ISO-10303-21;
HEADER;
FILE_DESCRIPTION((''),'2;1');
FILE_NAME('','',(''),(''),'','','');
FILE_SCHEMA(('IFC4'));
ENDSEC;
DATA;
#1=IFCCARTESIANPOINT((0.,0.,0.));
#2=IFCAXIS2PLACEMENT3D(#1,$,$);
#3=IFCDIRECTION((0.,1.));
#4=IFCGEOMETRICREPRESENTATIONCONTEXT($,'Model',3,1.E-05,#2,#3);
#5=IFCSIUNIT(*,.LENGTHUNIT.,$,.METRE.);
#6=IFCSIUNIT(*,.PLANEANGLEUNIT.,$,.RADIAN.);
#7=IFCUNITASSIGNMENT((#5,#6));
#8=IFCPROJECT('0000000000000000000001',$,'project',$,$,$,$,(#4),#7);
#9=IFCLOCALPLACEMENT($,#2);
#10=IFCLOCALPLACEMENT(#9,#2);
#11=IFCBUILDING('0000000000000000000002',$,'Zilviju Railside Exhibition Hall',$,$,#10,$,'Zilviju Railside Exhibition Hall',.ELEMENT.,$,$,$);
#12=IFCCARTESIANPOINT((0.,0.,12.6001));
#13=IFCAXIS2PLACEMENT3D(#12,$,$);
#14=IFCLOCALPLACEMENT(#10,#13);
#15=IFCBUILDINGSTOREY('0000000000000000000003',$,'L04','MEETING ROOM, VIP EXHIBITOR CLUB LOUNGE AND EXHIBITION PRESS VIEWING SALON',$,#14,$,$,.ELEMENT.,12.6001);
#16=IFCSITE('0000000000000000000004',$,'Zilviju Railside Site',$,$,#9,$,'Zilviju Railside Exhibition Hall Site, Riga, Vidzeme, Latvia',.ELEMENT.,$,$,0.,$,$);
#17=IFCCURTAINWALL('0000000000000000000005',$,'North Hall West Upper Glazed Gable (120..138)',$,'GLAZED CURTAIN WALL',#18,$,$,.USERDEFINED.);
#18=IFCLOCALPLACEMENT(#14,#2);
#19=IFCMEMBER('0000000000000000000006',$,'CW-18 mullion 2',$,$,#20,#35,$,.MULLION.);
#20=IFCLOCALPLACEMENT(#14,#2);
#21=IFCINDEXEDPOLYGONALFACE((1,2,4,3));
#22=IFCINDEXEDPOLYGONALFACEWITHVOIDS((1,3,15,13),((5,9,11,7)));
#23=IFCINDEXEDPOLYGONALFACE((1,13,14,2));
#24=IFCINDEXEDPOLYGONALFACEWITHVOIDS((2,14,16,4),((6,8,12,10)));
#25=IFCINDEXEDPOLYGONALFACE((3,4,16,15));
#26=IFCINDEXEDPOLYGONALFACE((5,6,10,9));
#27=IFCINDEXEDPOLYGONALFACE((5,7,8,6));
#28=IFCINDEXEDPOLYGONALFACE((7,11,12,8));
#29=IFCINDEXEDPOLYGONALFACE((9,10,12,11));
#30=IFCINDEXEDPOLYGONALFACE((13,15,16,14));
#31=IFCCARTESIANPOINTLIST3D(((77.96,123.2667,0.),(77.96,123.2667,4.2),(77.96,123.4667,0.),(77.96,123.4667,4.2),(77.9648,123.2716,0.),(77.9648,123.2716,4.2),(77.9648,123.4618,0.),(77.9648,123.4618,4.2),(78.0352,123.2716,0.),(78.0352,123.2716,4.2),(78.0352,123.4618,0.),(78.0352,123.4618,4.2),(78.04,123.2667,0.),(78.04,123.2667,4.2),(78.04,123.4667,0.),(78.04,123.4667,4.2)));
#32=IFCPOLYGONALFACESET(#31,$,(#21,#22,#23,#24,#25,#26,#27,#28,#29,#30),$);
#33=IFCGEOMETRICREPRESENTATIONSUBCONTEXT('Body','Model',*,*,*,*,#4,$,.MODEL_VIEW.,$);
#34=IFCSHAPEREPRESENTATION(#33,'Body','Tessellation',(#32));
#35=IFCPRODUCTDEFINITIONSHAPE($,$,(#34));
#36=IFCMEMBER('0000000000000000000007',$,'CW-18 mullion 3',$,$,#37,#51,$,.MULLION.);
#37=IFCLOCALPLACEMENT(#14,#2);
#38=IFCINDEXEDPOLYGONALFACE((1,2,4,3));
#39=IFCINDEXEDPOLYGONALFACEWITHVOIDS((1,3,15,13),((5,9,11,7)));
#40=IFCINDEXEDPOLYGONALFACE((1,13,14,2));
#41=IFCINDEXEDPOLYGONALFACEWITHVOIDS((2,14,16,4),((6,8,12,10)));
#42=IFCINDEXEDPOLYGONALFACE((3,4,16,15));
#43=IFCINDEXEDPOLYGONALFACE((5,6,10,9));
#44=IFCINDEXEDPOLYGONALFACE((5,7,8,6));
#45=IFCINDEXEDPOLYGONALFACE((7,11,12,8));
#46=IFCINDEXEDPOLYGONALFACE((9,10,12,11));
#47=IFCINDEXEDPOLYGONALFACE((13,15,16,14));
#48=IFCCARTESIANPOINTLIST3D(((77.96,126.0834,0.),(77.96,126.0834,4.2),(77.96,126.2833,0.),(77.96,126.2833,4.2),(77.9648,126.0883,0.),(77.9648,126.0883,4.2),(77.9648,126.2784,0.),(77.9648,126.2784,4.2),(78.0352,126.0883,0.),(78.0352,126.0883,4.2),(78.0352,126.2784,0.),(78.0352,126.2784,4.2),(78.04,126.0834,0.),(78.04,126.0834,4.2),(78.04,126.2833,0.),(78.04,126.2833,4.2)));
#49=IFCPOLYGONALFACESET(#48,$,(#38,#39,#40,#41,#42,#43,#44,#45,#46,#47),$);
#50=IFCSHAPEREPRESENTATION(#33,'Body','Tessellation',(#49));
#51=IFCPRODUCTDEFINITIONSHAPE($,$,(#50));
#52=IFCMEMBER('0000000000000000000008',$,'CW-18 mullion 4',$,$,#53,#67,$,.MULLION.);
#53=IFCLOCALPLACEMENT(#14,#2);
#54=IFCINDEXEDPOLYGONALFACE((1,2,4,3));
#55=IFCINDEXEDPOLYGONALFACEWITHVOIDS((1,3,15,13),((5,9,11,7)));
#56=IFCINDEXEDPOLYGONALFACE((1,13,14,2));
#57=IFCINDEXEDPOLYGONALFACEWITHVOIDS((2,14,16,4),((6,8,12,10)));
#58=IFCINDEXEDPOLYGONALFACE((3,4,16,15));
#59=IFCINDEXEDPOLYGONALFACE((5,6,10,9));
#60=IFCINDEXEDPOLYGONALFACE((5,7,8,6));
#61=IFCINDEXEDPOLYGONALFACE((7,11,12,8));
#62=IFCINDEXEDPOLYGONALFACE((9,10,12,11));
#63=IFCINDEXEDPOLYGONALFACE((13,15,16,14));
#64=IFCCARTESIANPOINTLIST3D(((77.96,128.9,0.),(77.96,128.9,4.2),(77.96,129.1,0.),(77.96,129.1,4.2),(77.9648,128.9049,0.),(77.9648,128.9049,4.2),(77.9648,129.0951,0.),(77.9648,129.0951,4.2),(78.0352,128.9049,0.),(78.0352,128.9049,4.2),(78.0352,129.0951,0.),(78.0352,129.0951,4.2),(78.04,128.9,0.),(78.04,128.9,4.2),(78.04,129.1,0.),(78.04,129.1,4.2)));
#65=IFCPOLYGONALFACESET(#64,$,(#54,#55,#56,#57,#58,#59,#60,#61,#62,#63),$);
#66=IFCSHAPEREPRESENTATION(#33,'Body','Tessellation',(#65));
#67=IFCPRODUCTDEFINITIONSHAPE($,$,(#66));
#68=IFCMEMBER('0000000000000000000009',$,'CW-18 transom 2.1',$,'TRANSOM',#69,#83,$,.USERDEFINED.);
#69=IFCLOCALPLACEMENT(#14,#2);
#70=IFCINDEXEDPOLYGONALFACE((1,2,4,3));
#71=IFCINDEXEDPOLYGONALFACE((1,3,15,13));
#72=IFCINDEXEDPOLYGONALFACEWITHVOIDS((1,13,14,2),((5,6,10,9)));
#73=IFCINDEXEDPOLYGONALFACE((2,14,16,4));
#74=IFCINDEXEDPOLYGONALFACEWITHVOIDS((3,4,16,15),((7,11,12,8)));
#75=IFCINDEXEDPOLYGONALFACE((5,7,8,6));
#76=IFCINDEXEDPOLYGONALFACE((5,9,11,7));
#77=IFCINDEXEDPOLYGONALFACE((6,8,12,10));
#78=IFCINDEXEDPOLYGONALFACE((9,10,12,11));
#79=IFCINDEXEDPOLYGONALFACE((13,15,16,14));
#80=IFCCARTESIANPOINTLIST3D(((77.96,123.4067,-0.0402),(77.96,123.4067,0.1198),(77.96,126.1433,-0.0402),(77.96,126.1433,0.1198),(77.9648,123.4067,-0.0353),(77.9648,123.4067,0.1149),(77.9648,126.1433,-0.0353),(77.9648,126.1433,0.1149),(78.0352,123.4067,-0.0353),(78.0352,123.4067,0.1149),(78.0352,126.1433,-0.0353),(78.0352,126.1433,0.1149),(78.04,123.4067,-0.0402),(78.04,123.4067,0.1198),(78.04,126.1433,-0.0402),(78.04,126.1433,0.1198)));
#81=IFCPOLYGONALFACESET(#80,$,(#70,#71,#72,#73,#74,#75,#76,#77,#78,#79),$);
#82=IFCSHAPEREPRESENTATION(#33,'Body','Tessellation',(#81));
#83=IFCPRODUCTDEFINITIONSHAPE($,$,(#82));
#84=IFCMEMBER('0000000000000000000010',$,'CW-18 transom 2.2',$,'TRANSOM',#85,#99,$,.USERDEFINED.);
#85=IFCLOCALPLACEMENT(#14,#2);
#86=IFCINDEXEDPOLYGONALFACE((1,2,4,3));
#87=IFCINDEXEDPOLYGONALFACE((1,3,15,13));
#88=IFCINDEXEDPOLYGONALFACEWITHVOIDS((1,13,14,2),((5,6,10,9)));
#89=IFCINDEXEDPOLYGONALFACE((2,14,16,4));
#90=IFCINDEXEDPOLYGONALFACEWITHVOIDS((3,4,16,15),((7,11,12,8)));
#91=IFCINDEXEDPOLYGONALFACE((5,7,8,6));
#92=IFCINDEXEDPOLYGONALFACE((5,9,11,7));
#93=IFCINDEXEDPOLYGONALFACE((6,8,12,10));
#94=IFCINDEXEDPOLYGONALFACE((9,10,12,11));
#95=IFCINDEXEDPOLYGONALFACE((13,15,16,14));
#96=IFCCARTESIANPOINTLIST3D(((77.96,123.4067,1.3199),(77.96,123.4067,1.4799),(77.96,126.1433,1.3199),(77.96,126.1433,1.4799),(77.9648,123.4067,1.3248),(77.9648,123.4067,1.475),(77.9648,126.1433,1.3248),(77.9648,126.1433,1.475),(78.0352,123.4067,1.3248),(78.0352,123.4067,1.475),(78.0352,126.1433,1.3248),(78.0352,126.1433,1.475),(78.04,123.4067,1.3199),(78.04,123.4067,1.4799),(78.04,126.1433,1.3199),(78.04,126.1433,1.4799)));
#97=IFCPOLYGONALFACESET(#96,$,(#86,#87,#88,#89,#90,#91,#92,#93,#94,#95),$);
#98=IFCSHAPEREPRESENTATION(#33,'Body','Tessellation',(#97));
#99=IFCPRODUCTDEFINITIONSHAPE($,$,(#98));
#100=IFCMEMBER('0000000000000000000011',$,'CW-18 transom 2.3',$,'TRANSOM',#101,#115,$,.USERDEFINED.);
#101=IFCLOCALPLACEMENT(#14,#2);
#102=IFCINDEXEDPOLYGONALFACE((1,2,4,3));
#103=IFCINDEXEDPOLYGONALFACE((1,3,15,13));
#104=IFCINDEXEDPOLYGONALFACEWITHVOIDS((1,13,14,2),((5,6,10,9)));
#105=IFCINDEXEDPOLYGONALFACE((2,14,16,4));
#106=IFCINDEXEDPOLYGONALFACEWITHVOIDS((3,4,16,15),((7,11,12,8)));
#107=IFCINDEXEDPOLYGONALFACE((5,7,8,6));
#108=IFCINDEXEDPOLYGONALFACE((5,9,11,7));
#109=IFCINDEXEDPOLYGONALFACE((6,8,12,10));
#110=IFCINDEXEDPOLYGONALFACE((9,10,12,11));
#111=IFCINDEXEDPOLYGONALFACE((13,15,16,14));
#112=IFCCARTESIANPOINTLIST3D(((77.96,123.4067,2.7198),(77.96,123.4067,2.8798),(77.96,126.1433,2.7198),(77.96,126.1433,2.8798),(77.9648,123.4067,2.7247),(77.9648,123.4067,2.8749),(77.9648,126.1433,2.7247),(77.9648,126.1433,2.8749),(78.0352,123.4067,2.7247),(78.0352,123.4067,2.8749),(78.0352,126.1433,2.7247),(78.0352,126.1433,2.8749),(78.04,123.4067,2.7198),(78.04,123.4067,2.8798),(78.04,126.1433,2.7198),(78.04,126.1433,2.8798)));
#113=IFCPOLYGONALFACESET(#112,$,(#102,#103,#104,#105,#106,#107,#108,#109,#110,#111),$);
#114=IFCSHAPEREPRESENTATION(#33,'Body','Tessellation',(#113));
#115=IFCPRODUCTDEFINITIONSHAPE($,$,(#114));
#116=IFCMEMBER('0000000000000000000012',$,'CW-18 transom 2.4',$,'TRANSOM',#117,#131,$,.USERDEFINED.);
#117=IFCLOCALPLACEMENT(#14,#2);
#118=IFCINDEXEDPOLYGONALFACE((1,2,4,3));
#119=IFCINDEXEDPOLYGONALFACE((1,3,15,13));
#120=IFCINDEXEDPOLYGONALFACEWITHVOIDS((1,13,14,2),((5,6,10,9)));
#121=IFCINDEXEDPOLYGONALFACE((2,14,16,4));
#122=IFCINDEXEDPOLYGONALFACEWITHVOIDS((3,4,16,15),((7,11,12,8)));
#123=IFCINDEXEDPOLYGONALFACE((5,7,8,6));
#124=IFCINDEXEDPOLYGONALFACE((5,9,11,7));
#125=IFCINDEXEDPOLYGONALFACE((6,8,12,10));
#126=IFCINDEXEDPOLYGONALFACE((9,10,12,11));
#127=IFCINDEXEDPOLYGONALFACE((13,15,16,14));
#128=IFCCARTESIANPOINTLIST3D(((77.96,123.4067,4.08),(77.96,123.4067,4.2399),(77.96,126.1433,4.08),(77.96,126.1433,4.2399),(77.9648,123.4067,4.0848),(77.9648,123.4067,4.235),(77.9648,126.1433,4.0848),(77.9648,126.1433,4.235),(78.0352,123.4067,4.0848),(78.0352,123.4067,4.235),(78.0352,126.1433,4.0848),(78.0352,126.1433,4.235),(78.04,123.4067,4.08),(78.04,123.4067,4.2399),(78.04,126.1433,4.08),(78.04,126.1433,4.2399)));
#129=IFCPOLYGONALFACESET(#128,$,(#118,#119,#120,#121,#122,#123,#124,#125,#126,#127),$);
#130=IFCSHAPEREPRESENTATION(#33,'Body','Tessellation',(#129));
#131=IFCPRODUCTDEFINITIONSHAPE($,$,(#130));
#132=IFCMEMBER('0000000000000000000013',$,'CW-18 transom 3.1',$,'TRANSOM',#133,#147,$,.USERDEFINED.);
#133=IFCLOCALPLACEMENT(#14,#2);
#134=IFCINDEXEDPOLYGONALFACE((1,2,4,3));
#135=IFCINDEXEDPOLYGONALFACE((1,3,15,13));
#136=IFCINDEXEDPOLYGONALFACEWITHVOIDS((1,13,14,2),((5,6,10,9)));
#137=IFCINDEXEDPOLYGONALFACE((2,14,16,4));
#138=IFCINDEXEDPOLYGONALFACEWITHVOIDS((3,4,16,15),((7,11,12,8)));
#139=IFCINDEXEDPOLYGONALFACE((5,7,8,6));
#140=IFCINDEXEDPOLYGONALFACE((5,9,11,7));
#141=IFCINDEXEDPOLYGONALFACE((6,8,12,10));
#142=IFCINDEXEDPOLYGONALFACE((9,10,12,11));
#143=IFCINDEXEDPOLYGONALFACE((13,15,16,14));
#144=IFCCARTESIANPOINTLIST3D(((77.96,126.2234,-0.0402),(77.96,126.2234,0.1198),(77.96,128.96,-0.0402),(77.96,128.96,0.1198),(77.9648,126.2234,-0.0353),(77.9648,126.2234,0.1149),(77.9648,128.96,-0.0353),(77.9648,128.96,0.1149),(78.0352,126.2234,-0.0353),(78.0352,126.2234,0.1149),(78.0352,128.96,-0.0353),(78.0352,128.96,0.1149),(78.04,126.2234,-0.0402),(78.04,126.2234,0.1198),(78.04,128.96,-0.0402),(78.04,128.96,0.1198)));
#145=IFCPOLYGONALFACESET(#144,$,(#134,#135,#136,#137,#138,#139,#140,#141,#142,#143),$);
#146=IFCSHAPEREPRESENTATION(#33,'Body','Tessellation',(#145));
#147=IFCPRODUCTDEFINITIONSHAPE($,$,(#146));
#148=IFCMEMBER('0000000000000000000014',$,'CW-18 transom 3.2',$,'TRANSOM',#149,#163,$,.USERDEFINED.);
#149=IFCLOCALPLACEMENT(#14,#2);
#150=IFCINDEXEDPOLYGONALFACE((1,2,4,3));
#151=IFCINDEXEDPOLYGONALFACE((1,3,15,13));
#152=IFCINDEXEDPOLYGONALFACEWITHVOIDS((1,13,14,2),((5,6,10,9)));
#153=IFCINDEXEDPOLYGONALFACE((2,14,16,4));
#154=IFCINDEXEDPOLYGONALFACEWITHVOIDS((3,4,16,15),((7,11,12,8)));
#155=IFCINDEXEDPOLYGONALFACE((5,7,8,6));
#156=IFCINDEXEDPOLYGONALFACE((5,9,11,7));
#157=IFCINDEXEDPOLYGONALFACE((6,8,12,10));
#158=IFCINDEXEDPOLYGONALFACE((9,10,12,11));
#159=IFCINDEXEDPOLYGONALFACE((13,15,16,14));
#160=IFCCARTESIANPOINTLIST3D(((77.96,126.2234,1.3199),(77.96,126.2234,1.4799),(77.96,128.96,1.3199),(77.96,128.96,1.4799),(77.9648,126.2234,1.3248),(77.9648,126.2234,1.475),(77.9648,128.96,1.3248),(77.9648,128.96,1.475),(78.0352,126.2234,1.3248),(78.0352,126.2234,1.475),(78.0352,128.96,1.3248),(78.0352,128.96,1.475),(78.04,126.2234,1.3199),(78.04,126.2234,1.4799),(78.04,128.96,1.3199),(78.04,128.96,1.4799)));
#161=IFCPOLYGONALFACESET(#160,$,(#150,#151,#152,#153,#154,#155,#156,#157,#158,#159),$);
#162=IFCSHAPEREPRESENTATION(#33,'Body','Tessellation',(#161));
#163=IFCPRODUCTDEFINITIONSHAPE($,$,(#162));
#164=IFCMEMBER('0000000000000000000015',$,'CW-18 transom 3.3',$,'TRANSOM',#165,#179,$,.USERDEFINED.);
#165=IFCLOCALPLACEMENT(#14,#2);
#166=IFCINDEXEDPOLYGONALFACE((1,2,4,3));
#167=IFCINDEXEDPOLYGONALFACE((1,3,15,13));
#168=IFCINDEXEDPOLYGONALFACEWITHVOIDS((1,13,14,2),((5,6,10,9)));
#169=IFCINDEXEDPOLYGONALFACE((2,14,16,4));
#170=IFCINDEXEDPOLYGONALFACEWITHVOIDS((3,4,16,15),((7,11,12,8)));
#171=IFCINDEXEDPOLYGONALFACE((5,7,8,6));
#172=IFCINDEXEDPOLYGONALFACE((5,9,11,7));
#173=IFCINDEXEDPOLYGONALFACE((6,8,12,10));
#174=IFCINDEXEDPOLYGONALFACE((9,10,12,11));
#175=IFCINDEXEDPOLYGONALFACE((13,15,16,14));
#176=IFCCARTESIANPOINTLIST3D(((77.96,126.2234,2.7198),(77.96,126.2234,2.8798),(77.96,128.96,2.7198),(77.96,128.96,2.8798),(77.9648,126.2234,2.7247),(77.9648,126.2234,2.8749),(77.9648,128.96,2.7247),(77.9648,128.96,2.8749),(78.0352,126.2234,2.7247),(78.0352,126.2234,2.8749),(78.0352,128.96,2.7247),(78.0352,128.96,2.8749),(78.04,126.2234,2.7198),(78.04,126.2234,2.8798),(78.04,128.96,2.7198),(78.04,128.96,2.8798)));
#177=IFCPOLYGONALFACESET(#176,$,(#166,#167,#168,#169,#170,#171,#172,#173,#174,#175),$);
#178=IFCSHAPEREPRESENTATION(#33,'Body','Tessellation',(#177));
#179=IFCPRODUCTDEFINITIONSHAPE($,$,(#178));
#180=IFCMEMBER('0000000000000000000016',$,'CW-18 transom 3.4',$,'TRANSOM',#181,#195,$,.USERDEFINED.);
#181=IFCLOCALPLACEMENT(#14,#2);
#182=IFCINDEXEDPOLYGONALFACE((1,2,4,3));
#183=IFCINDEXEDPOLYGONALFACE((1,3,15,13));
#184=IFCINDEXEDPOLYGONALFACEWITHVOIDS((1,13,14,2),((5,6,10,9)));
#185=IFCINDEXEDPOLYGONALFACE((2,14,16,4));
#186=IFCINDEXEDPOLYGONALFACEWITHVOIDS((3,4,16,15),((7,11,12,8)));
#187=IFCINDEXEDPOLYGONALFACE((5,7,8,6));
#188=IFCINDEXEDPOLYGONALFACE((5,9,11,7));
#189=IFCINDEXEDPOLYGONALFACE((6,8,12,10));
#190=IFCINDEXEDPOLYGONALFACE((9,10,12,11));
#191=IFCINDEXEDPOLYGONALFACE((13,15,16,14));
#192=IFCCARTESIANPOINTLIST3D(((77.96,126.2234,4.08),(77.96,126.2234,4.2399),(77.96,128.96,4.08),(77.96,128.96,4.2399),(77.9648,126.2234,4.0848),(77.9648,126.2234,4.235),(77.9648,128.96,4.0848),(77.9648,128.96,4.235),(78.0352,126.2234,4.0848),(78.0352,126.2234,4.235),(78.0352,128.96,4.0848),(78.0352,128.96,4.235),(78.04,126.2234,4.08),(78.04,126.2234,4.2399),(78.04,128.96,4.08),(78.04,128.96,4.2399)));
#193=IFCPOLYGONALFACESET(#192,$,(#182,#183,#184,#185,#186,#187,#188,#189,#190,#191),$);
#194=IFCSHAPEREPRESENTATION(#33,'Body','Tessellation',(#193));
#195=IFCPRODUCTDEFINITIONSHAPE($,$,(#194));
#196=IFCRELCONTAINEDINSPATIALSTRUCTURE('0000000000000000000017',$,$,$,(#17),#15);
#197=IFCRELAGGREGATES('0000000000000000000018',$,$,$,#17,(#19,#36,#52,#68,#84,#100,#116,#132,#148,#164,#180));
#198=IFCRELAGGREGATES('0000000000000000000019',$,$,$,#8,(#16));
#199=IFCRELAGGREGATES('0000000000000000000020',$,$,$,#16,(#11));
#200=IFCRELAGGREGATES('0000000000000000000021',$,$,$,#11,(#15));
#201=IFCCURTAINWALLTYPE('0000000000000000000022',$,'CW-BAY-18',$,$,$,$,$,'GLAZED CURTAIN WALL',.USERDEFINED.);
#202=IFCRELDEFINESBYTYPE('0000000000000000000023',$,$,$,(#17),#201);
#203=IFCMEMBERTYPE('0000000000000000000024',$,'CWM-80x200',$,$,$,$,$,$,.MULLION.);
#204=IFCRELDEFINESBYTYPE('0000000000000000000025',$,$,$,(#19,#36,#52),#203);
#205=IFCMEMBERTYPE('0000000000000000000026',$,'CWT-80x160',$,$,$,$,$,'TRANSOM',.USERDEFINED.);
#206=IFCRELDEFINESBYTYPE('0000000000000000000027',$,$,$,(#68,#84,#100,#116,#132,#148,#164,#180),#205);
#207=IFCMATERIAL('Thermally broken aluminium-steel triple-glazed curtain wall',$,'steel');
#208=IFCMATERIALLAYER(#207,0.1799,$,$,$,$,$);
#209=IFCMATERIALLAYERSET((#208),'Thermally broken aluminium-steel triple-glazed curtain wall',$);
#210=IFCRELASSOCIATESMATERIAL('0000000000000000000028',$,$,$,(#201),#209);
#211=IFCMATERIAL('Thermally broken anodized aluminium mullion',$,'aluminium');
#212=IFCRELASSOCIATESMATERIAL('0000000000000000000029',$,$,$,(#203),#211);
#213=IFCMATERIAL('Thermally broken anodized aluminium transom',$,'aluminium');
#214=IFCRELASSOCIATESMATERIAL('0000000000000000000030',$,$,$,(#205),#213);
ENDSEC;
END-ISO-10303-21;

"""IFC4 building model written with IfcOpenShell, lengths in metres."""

from ifc_helpers import new_model, si_unit, direction, frame, origin, origin_2d, place, context, subcontext, project, spatial, hollow_rectangle, extrude, material, layer, layer_set, material_profile, profile_set, type_object, element, aggregate, save


model = new_model("IFC4")

# Units and contexts
model_context = context("Model", 3, precision=1e-05, world=origin(), true_north=direction((0.0, 1.0)))
body_context = subcontext(model_context, "Body", "Model", "MODEL_VIEW")
ifc_project = project(units=[si_unit("LENGTHUNIT", "METRE"), si_unit("PLANEANGLEUNIT", "RADIAN")], contexts=[model_context])

# Site, building, storey
site_placement = place(None, origin())
site = spatial("IfcSite", under=ifc_project, at=site_placement, Name="Zilviju Railside Site", LongName="Zilviju Railside Exhibition Hall Site, Riga, Vidzeme, Latvia", CompositionType="ELEMENT", RefElevation=0.0)
building_placement = place(site_placement, origin())
building = spatial("IfcBuilding", under=site, at=building_placement, Name="Zilviju Railside Exhibition Hall", LongName="Zilviju Railside Exhibition Hall", CompositionType="ELEMENT")
storey_placement = place(building_placement, frame((0.0, 0.0, 12.6001)))
storey = spatial("IfcBuildingStorey", under=building, at=storey_placement, Name="L04", Description="MEETING ROOM, VIP EXHIBITOR CLUB LOUNGE AND EXHIBITION PRESS VIEWING SALON", CompositionType="ELEMENT", Elevation=12.6001)

# Curtain wall, members
ifc_material_1 = material(Name="Thermally broken aluminium-steel triple-glazed curtain wall", Category="steel")
ifc_layer_1 = layer(ifc_material_1, 0.1799)
ifc_layer_set_1 = layer_set([ifc_layer_1], Name="Thermally broken aluminium-steel triple-glazed curtain wall")
curtain_wall_type = type_object("IfcCurtainWallType", Name="CW-BAY-18", ElementType="GLAZED CURTAIN WALL", PredefinedType="USERDEFINED", material=ifc_layer_set_1)
curtain_wall_placement = place(storey_placement, origin())
curtain_wall = element("IfcCurtainWall", 1, at=curtain_wall_placement, inside=storey, type_object=curtain_wall_type, Name="North Hall West Upper Glazed Gable (120..138)", ObjectType="GLAZED CURTAIN WALL", PredefinedType="USERDEFINED")
ifc_material_2 = material(Name="Thermally broken anodized aluminium mullion", Category="aluminium")
ifc_material_profile_1 = material_profile(ifc_material_2, hollow_rectangle(XDim=0.0801, YDim=0.2, WallThickness=0.0049, at=origin_2d()), Name="MULLION 200x80x5")
ifc_profile_set_1 = profile_set([ifc_material_profile_1], Name="Thermally broken anodized aluminium mullion")
member_type_1 = type_object("IfcMemberType", Name="CWM-80x200", PredefinedType="MULLION", material=ifc_profile_set_1)
member_1_placement = place(storey_placement, frame((78.0, 123.3667, 0.0), z_axis=(0.0, 0.0, 1.0), x_axis=(-1.0, 0.0, 0.0)))
member_1 = element("IfcMember", 2, at=member_1_placement, type_object=member_type_1, Name="CW-18 mullion 2", PredefinedType="MULLION", context=body_context, shape_type="SweptSolid", body=[
    extrude(hollow_rectangle(XDim=0.0801, YDim=0.2, WallThickness=0.0049, at=origin_2d()), origin(), (0.0, 0.0, 1.0), 4.2),
])
member_2_placement = place(storey_placement, frame((78.0, 126.1833, 0.0), z_axis=(0.0, 0.0, 1.0), x_axis=(-1.0, 0.0, 0.0)))
member_2 = element("IfcMember", 3, at=member_2_placement, type_object=member_type_1, Name="CW-18 mullion 3", PredefinedType="MULLION", context=body_context, shape_type="SweptSolid", body=[
    extrude(hollow_rectangle(XDim=0.0801, YDim=0.2, WallThickness=0.0049, at=origin_2d()), origin(), (0.0, 0.0, 1.0), 4.2),
])
member_3_placement = place(storey_placement, frame((78.0, 129.0, 0.0), z_axis=(0.0, 0.0, 1.0), x_axis=(-1.0, 0.0, 0.0)))
member_3 = element("IfcMember", 4, at=member_3_placement, type_object=member_type_1, Name="CW-18 mullion 4", PredefinedType="MULLION", context=body_context, shape_type="SweptSolid", body=[
    extrude(hollow_rectangle(XDim=0.0801, YDim=0.2, WallThickness=0.0049, at=origin_2d()), origin(), (0.0, 0.0, 1.0), 4.2),
])
ifc_material_3 = material(Name="Thermally broken anodized aluminium transom", Category="aluminium")
ifc_material_profile_2 = material_profile(ifc_material_3, hollow_rectangle(XDim=0.0801, YDim=0.1599, WallThickness=0.0049, at=origin_2d()), Name="TRANSOM 160x80x5")
ifc_profile_set_2 = profile_set([ifc_material_profile_2], Name="Thermally broken anodized aluminium transom")
member_type_2 = type_object("IfcMemberType", Name="CWT-80x160", ElementType="TRANSOM", PredefinedType="USERDEFINED", material=ifc_profile_set_2)
member_4_placement = place(storey_placement, frame((78.0, 123.4067, 0.0398), z_axis=(0.0, 1.0, 0.0), x_axis=(-1.0, 0.0, 0.0)))
member_4 = element("IfcMember", 5, at=member_4_placement, type_object=member_type_2, Name="CW-18 transom 2.1", ObjectType="TRANSOM", PredefinedType="USERDEFINED", context=body_context, shape_type="SweptSolid", body=[
    extrude(hollow_rectangle(XDim=0.0801, YDim=0.1599, WallThickness=0.0049, at=origin_2d()), origin(), (0.0, 0.0, 1.0), 2.7366),
])
member_5_placement = place(storey_placement, frame((78.0, 123.4067, 1.3999), z_axis=(0.0, 1.0, 0.0), x_axis=(-1.0, 0.0, 0.0)))
member_5 = element("IfcMember", 6, at=member_5_placement, type_object=member_type_2, Name="CW-18 transom 2.2", ObjectType="TRANSOM", PredefinedType="USERDEFINED", context=body_context, shape_type="SweptSolid", body=[
    extrude(hollow_rectangle(XDim=0.0801, YDim=0.1599, WallThickness=0.0049, at=origin_2d()), origin(), (0.0, 0.0, 1.0), 2.7366),
])
member_6_placement = place(storey_placement, frame((78.0, 123.4067, 2.7998), z_axis=(0.0, 1.0, 0.0), x_axis=(-1.0, 0.0, 0.0)))
member_6 = element("IfcMember", 7, at=member_6_placement, type_object=member_type_2, Name="CW-18 transom 2.3", ObjectType="TRANSOM", PredefinedType="USERDEFINED", context=body_context, shape_type="SweptSolid", body=[
    extrude(hollow_rectangle(XDim=0.0801, YDim=0.1599, WallThickness=0.0049, at=origin_2d()), origin(), (0.0, 0.0, 1.0), 2.7366),
])
member_7_placement = place(storey_placement, frame((78.0, 123.4067, 4.1599), z_axis=(0.0, 1.0, 0.0), x_axis=(-1.0, 0.0, 0.0)))
member_7 = element("IfcMember", 8, at=member_7_placement, type_object=member_type_2, Name="CW-18 transom 2.4", ObjectType="TRANSOM", PredefinedType="USERDEFINED", context=body_context, shape_type="SweptSolid", body=[
    extrude(hollow_rectangle(XDim=0.0801, YDim=0.1599, WallThickness=0.0049, at=origin_2d()), origin(), (0.0, 0.0, 1.0), 2.7366),
])
member_8_placement = place(storey_placement, frame((78.0, 126.2234, 0.0398), z_axis=(0.0, 1.0, 0.0), x_axis=(-1.0, 0.0, 0.0)))
member_8 = element("IfcMember", 9, at=member_8_placement, type_object=member_type_2, Name="CW-18 transom 3.1", ObjectType="TRANSOM", PredefinedType="USERDEFINED", context=body_context, shape_type="SweptSolid", body=[
    extrude(hollow_rectangle(XDim=0.0801, YDim=0.1599, WallThickness=0.0049, at=origin_2d()), origin(), (0.0, 0.0, 1.0), 2.7366),
])
member_9_placement = place(storey_placement, frame((78.0, 126.2234, 1.3999), z_axis=(0.0, 1.0, 0.0), x_axis=(-1.0, 0.0, 0.0)))
member_9 = element("IfcMember", 10, at=member_9_placement, type_object=member_type_2, Name="CW-18 transom 3.2", ObjectType="TRANSOM", PredefinedType="USERDEFINED", context=body_context, shape_type="SweptSolid", body=[
    extrude(hollow_rectangle(XDim=0.0801, YDim=0.1599, WallThickness=0.0049, at=origin_2d()), origin(), (0.0, 0.0, 1.0), 2.7366),
])
member_10_placement = place(storey_placement, frame((78.0, 126.2234, 2.7998), z_axis=(0.0, 1.0, 0.0), x_axis=(-1.0, 0.0, 0.0)))
member_10 = element("IfcMember", 11, at=member_10_placement, type_object=member_type_2, Name="CW-18 transom 3.3", ObjectType="TRANSOM", PredefinedType="USERDEFINED", context=body_context, shape_type="SweptSolid", body=[
    extrude(hollow_rectangle(XDim=0.0801, YDim=0.1599, WallThickness=0.0049, at=origin_2d()), origin(), (0.0, 0.0, 1.0), 2.7366),
])
member_11_placement = place(storey_placement, frame((78.0, 126.2234, 4.1599), z_axis=(0.0, 1.0, 0.0), x_axis=(-1.0, 0.0, 0.0)))
member_11 = element("IfcMember", 12, at=member_11_placement, type_object=member_type_2, Name="CW-18 transom 3.4", ObjectType="TRANSOM", PredefinedType="USERDEFINED", context=body_context, shape_type="SweptSolid", body=[
    extrude(hollow_rectangle(XDim=0.0801, YDim=0.1599, WallThickness=0.0049, at=origin_2d()), origin(), (0.0, 0.0, 1.0), 2.7366),
])
aggregate(curtain_wall, [member_1, member_2, member_3, member_4, member_5, member_6, member_7, member_8, member_9, member_10, member_11])

save(model, "model.ifc")
